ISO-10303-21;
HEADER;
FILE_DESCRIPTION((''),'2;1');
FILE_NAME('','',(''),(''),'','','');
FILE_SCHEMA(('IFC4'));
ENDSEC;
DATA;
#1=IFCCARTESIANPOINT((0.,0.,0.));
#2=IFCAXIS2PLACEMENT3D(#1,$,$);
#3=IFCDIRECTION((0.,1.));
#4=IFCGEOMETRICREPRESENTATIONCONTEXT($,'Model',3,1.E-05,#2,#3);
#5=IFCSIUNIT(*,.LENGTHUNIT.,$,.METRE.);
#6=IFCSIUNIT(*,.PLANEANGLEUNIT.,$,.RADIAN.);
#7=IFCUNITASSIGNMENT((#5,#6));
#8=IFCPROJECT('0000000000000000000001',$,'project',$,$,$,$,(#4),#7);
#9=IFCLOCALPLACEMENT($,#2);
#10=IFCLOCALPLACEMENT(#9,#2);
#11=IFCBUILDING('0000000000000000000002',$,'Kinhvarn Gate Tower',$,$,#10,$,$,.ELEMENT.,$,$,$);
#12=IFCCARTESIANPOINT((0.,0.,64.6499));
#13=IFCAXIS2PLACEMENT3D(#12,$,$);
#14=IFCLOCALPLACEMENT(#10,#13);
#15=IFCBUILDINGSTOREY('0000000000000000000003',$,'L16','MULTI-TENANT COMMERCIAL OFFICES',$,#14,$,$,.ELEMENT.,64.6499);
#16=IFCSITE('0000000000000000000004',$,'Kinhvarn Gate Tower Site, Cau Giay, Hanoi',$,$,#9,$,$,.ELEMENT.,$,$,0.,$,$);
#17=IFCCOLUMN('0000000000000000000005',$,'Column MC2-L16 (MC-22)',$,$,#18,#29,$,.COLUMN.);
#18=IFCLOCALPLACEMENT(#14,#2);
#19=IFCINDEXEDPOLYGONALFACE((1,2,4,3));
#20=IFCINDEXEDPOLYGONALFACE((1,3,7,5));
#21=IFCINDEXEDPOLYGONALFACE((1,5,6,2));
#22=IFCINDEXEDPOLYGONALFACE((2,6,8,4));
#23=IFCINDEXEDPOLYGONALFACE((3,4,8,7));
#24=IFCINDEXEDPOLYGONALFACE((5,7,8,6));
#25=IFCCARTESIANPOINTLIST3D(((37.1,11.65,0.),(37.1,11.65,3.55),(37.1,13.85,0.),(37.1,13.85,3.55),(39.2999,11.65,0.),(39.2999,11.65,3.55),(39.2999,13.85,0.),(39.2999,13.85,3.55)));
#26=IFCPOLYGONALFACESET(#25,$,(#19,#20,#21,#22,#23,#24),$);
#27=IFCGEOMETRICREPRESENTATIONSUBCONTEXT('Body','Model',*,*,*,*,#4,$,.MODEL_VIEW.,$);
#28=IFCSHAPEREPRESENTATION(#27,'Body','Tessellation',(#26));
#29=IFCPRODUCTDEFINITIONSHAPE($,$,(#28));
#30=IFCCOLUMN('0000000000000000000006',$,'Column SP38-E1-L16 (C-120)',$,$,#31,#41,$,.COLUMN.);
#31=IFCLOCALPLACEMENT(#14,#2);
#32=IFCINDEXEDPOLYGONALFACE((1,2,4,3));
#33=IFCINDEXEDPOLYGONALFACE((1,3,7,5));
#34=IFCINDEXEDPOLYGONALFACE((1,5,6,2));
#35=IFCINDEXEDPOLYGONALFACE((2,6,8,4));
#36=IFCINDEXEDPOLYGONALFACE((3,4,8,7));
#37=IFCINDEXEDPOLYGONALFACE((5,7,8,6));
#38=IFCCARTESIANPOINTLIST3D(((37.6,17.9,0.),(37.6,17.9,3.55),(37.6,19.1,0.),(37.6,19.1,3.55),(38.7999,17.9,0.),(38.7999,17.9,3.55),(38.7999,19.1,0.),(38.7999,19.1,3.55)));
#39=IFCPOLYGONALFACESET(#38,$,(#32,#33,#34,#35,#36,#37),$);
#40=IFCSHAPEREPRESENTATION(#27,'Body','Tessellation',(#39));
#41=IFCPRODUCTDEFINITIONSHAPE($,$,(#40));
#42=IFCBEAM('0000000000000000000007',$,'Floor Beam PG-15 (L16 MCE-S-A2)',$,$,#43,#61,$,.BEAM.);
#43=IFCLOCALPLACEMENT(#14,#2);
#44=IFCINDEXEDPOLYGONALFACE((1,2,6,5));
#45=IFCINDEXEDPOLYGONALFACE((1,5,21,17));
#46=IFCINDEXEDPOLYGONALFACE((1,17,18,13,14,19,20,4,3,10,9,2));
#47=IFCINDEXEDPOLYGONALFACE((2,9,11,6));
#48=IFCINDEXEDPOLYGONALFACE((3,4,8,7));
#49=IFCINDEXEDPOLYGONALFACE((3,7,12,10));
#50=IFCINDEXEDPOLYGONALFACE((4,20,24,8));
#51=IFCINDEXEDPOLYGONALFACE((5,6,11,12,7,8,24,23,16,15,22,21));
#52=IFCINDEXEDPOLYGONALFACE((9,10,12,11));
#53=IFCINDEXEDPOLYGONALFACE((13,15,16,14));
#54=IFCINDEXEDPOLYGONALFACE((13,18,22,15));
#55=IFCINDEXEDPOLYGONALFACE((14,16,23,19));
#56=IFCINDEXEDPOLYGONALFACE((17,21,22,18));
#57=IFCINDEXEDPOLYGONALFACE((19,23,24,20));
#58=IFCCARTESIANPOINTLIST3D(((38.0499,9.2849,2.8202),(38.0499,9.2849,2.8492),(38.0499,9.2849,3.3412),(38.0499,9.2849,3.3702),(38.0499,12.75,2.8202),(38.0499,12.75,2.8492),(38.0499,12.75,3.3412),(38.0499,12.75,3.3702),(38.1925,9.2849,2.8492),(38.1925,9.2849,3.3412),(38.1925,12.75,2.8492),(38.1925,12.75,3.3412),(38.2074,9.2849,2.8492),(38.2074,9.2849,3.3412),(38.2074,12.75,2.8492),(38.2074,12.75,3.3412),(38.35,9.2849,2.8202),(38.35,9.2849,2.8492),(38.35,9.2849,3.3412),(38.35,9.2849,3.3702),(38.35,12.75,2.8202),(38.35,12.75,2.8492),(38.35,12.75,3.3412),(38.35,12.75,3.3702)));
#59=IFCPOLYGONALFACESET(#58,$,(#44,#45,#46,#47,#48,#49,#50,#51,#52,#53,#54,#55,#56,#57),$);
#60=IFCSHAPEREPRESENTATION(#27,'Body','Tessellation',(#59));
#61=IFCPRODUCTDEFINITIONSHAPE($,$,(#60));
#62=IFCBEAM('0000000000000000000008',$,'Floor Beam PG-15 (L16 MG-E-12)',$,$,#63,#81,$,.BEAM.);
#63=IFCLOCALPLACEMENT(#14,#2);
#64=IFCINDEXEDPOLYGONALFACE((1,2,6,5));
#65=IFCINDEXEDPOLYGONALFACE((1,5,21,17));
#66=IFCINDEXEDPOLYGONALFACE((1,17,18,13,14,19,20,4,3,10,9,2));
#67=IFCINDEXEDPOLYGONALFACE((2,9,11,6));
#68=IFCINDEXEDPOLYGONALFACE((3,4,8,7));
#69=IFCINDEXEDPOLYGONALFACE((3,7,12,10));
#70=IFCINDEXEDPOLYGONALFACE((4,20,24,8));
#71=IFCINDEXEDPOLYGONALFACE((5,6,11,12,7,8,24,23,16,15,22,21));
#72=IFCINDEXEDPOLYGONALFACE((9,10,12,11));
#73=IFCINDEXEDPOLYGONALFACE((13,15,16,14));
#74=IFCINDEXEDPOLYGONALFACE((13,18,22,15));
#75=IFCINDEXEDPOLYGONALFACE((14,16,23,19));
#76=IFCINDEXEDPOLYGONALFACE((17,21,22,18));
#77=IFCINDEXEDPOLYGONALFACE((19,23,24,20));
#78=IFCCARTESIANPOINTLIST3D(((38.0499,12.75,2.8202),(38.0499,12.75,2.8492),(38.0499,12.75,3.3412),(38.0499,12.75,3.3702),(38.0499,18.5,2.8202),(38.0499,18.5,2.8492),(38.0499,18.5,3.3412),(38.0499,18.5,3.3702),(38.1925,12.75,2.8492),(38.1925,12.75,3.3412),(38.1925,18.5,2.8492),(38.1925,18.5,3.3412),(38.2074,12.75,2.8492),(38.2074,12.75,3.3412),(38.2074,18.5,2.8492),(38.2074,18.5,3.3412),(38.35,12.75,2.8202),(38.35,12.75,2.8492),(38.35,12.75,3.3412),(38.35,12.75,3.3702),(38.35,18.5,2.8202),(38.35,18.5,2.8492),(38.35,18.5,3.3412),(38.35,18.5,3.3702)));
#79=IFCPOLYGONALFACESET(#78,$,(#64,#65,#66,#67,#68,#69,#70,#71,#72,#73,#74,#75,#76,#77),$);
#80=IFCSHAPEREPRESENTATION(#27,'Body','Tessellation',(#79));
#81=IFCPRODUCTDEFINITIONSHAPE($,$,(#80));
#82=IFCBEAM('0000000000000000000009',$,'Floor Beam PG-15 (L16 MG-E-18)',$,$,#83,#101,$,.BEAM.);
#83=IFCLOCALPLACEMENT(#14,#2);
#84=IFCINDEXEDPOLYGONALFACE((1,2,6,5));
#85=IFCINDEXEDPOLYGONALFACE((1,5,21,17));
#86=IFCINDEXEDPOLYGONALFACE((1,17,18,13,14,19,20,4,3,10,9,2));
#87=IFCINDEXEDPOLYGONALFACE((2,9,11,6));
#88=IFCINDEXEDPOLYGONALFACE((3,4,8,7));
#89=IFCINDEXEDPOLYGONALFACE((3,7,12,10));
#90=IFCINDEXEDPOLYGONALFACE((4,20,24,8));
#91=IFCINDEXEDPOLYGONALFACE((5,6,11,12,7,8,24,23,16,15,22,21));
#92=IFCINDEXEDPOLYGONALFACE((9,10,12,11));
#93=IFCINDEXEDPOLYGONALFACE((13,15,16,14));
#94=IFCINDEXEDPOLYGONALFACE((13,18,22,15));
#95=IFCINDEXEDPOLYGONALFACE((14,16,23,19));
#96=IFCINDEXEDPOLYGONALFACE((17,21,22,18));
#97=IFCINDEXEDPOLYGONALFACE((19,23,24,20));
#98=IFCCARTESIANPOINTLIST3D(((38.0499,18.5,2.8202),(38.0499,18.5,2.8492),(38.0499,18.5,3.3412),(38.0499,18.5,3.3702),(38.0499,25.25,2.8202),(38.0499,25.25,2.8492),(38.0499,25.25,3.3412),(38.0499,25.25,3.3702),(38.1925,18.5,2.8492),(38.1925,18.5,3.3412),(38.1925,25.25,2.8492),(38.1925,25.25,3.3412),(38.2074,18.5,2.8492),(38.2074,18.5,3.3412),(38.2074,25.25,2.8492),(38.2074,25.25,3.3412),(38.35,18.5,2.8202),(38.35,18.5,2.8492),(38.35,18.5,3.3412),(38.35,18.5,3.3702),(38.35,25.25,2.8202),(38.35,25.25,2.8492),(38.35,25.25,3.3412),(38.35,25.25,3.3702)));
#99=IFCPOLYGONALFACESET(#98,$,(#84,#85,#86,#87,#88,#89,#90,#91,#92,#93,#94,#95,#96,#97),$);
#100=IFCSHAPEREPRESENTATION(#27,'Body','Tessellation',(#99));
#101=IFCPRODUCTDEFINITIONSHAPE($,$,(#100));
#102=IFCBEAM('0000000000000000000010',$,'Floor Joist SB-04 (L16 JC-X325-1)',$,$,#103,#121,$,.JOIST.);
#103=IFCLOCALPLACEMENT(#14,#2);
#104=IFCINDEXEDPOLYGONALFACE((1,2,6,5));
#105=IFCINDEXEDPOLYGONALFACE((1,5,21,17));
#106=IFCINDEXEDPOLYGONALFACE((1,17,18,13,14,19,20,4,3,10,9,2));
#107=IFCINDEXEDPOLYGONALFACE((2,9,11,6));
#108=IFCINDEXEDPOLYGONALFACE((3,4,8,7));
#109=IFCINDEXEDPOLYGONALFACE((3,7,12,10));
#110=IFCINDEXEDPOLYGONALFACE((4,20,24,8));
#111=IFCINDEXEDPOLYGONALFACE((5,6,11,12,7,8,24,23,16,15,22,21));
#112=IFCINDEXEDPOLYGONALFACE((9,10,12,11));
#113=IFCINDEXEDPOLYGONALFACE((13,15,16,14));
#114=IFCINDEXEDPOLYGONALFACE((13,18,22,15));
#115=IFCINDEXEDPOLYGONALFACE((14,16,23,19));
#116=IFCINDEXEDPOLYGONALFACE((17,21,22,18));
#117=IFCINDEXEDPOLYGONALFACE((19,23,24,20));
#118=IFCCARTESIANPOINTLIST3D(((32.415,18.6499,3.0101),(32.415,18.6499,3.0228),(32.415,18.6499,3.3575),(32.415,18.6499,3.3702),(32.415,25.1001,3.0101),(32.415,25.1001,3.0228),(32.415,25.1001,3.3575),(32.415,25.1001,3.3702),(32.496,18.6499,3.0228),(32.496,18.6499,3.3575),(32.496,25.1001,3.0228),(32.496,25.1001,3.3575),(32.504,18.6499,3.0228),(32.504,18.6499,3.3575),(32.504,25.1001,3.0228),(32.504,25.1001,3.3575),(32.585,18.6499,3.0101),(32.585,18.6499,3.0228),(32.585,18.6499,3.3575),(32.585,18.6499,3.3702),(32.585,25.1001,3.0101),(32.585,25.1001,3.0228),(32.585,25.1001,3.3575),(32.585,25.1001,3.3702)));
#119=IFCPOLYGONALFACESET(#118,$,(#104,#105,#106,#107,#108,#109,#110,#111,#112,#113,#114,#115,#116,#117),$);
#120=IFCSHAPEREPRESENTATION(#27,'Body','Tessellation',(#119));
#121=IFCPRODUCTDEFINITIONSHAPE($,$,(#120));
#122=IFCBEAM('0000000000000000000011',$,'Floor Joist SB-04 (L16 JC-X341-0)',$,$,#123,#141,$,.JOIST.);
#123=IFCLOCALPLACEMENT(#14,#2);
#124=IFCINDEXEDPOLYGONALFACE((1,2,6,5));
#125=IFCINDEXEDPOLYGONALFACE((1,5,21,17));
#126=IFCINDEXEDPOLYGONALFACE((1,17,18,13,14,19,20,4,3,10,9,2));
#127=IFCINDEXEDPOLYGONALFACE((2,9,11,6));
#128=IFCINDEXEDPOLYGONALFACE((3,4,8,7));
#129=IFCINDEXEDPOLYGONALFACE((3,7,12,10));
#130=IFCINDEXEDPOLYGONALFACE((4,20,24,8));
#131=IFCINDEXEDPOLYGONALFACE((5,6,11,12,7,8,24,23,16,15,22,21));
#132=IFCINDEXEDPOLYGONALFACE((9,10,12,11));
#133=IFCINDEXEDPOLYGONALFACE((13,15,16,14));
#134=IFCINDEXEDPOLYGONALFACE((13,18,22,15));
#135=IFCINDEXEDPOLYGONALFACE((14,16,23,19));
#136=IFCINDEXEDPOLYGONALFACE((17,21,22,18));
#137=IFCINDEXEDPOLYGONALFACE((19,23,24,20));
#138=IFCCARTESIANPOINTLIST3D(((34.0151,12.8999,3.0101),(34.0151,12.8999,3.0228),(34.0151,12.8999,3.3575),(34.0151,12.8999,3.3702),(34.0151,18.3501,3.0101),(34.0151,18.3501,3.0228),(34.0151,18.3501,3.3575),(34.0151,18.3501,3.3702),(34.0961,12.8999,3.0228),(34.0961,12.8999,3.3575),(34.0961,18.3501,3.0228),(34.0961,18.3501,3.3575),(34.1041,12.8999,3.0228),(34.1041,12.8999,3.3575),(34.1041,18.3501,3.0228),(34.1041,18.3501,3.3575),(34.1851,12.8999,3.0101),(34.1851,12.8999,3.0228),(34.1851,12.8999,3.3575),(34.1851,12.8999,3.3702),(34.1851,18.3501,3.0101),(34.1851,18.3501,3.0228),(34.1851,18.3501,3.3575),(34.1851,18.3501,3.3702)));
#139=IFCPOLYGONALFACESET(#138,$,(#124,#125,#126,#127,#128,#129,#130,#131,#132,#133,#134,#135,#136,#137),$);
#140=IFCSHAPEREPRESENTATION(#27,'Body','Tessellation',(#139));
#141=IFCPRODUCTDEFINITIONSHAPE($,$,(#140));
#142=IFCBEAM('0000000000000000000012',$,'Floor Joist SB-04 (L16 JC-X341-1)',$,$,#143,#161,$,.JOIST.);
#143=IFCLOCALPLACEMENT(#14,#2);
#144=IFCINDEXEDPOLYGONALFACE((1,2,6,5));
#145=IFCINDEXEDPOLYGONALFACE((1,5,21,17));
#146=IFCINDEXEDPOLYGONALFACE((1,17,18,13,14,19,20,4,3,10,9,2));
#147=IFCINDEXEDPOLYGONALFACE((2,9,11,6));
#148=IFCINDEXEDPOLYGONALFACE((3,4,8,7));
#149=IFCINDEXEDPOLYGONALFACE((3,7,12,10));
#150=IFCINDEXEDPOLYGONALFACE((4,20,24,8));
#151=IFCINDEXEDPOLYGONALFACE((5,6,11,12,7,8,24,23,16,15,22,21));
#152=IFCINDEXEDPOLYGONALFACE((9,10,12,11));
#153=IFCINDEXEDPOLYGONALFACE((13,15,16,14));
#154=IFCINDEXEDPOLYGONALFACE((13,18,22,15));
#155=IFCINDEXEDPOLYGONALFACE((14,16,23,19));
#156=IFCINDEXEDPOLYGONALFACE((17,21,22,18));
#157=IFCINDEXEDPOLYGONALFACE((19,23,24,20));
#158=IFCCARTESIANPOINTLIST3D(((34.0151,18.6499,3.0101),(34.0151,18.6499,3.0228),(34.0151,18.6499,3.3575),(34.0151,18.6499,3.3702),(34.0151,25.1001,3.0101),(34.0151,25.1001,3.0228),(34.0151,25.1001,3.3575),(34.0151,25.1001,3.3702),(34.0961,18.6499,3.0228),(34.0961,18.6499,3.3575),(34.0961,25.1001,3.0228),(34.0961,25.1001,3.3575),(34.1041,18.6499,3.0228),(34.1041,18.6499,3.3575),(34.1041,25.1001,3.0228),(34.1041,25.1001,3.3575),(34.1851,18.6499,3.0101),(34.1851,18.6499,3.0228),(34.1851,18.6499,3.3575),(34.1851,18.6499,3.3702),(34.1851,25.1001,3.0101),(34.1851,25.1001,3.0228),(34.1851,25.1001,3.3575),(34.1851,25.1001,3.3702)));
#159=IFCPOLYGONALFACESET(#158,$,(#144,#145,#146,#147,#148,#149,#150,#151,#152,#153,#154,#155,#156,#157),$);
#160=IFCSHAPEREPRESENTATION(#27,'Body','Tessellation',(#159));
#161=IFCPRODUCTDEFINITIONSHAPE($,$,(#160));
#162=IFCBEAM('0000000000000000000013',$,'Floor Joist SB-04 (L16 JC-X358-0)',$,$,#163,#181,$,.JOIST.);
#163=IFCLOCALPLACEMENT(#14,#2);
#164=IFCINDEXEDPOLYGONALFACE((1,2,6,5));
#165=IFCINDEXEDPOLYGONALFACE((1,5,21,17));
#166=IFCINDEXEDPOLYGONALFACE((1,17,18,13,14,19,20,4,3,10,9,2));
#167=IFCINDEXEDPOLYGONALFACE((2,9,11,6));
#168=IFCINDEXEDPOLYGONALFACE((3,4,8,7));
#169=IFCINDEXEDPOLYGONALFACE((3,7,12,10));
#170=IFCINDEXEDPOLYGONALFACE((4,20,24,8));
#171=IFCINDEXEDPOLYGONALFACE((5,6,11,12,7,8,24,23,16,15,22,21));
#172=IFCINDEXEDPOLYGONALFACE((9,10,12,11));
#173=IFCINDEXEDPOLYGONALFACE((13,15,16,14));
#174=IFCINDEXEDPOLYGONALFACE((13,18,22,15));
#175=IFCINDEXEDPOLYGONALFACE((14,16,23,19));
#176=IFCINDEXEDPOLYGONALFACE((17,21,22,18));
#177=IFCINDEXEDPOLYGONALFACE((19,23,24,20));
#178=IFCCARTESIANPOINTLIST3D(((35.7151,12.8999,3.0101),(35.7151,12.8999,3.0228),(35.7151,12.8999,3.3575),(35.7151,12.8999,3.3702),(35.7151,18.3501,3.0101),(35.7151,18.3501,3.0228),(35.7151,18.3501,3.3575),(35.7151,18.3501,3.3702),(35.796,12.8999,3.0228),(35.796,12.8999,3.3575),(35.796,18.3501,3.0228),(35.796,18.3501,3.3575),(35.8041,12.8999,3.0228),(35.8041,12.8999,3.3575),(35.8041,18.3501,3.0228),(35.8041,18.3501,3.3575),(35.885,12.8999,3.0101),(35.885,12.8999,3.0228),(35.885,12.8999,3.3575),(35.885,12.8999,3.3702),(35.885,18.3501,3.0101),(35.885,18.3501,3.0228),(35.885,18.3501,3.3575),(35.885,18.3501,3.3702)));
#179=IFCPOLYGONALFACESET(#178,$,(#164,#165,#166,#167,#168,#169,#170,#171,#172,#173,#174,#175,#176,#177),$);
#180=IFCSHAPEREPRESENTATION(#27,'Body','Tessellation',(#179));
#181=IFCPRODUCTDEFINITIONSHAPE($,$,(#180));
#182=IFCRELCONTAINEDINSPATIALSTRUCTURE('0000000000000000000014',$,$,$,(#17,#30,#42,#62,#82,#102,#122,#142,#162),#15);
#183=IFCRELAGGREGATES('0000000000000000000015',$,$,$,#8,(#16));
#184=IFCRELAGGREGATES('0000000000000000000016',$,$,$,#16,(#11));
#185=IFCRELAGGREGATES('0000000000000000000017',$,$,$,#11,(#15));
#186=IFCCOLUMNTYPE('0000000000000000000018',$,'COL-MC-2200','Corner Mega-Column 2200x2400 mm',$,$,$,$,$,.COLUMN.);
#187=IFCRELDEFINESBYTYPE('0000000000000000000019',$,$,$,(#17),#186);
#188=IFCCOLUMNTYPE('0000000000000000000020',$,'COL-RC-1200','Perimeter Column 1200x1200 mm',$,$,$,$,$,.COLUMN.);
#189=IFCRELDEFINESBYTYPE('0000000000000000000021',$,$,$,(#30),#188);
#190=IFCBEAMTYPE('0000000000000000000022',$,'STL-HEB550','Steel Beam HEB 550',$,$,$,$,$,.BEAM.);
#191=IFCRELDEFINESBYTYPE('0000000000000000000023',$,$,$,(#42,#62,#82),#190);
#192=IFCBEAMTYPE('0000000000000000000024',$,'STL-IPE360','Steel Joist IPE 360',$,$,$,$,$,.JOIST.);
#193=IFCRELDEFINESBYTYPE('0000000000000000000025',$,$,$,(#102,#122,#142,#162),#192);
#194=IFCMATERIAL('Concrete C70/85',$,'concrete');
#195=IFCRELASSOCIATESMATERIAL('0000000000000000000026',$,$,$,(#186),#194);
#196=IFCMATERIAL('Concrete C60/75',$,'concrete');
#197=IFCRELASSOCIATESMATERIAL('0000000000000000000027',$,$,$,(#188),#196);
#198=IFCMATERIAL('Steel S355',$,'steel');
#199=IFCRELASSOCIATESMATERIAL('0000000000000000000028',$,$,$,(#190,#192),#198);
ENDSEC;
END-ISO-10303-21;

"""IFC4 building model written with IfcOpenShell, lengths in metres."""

from ifc_helpers import new_model, si_unit, direction, frame, origin, origin_2d, place, context, subcontext, project, spatial, rectangle, i_section, extrude, material, material_profile, profile_set, type_object, element, save


model = new_model("IFC4")

# Units and contexts
model_context = context("Model", 3, precision=1e-05, world=origin(), true_north=direction((0.0, 1.0)))
body_context = subcontext(model_context, "Body", "Model", "MODEL_VIEW")
ifc_project = project(units=[si_unit("LENGTHUNIT", "METRE"), si_unit("PLANEANGLEUNIT", "RADIAN")], contexts=[model_context])

# Site, building, storey
site_placement = place(None, origin())
site = spatial("IfcSite", under=ifc_project, at=site_placement, Name="Kinhvarn Gate Tower Site, Cau Giay, Hanoi", CompositionType="ELEMENT", RefElevation=0.0)
building_placement = place(site_placement, origin())
building = spatial("IfcBuilding", under=site, at=building_placement, Name="Kinhvarn Gate Tower", CompositionType="ELEMENT")
storey_placement = place(building_placement, frame((0.0, 0.0, 64.6499)))
storey = spatial("IfcBuildingStorey", under=building, at=storey_placement, Name="L16", Description="MULTI-TENANT COMMERCIAL OFFICES", CompositionType="ELEMENT", Elevation=64.6499)

# Columns
ifc_material_1 = material(Name="Concrete C70/85", Category="concrete")
ifc_material_profile_1 = material_profile(ifc_material_1, rectangle(XDim=2.2, YDim=2.2, at=origin_2d()), Name="RC 2200x2200")
ifc_profile_set_1 = profile_set([ifc_material_profile_1], Name="Concrete C70/85")
column_type_1 = type_object("IfcColumnType", Name="COL-MC-2200", Description="Corner Mega-Column 2200x2400 mm", PredefinedType="COLUMN", material=ifc_profile_set_1)
column_1_placement = place(storey_placement, frame((38.2, 12.75, 0.0), z_axis=(0.0, 0.0, 1.0), x_axis=(1.0, 0.0, 0.0)))
element("IfcColumn", 1, at=column_1_placement, inside=storey, type_object=column_type_1, Name="Column MC2-L16 (MC-22)", PredefinedType="COLUMN", context=body_context, shape_type="SweptSolid", body=[
    extrude(rectangle(XDim=2.2, YDim=2.2, at=origin_2d()), origin(), (0.0, 0.0, 1.0), 3.55),
])
ifc_material_2 = material(Name="Concrete C60/75", Category="concrete")
ifc_material_profile_2 = material_profile(ifc_material_2, rectangle(XDim=1.2, YDim=1.2, at=origin_2d()), Name="RC 1200x1200")
ifc_profile_set_2 = profile_set([ifc_material_profile_2], Name="Concrete C60/75")
column_type_2 = type_object("IfcColumnType", Name="COL-RC-1200", Description="Perimeter Column 1200x1200 mm", PredefinedType="COLUMN", material=ifc_profile_set_2)
column_2_placement = place(storey_placement, frame((38.2, 18.5, 0.0), z_axis=(0.0, 0.0, 1.0), x_axis=(1.0, 0.0, 0.0)))
element("IfcColumn", 2, at=column_2_placement, inside=storey, type_object=column_type_2, Name="Column SP38-E1-L16 (C-120)", PredefinedType="COLUMN", context=body_context, shape_type="SweptSolid", body=[
    extrude(rectangle(XDim=1.2, YDim=1.2, at=origin_2d()), origin(), (0.0, 0.0, 1.0), 3.55),
])

# Beams
ifc_material_3 = material(Name="Steel S355", Category="steel")
ifc_material_profile_3 = material_profile(ifc_material_3, i_section(OverallWidth=0.3, OverallDepth=0.55, WebThickness=0.0149, FlangeThickness=0.0291, at=origin_2d()), Name="HEB 550")
ifc_profile_set_3 = profile_set([ifc_material_profile_3], Name="Steel S355")
beam_type_1 = type_object("IfcBeamType", Name="STL-HEB550", Description="Steel Beam HEB 550", PredefinedType="BEAM", material=ifc_profile_set_3)
beam_1_placement = place(storey_placement, frame((38.2, 9.2849, 3.0952), z_axis=(0.0, 1.0, 0.0), x_axis=(-1.0, 0.0, 0.0)))
element("IfcBeam", 3, at=beam_1_placement, inside=storey, type_object=beam_type_1, Name="Floor Beam PG-15 (L16 MCE-S-A2)", PredefinedType="BEAM", context=body_context, shape_type="SweptSolid", body=[
    extrude(i_section(OverallWidth=0.3, OverallDepth=0.55, WebThickness=0.0149, FlangeThickness=0.0291, at=origin_2d()), origin(), (0.0, 0.0, 1.0), 3.4651),
])
beam_2_placement = place(storey_placement, frame((38.2, 12.75, 3.0952), z_axis=(0.0, 1.0, 0.0), x_axis=(-1.0, 0.0, 0.0)))
element("IfcBeam", 4, at=beam_2_placement, inside=storey, type_object=beam_type_1, Name="Floor Beam PG-15 (L16 MG-E-12)", PredefinedType="BEAM", context=body_context, shape_type="SweptSolid", body=[
    extrude(i_section(OverallWidth=0.3, OverallDepth=0.55, WebThickness=0.0149, FlangeThickness=0.0291, at=origin_2d()), origin(), (0.0, 0.0, 1.0), 5.75),
])
beam_3_placement = place(storey_placement, frame((38.2, 18.5, 3.0952), z_axis=(0.0, 1.0, 0.0), x_axis=(-1.0, 0.0, 0.0)))
element("IfcBeam", 5, at=beam_3_placement, inside=storey, type_object=beam_type_1, Name="Floor Beam PG-15 (L16 MG-E-18)", PredefinedType="BEAM", context=body_context, shape_type="SweptSolid", body=[
    extrude(i_section(OverallWidth=0.3, OverallDepth=0.55, WebThickness=0.0149, FlangeThickness=0.0291, at=origin_2d()), origin(), (0.0, 0.0, 1.0), 6.75),
])
ifc_material_profile_4 = material_profile(ifc_material_3, i_section(OverallWidth=0.1699, OverallDepth=0.3601, WebThickness=0.0081, FlangeThickness=0.0127, at=origin_2d()), Name="IPE 360")
ifc_profile_set_4 = profile_set([ifc_material_profile_4], Name="Steel S355")
beam_type_2 = type_object("IfcBeamType", Name="STL-IPE360", Description="Steel Joist IPE 360", PredefinedType="JOIST", material=ifc_profile_set_4)
beam_4_placement = place(storey_placement, frame((32.5, 18.6499, 3.1902), z_axis=(0.0, 1.0, 0.0), x_axis=(-1.0, 0.0, 0.0)))
element("IfcBeam", 6, at=beam_4_placement, inside=storey, type_object=beam_type_2, Name="Floor Joist SB-04 (L16 JC-X325-1)", PredefinedType="JOIST", context=body_context, shape_type="SweptSolid", body=[
    extrude(i_section(OverallWidth=0.1699, OverallDepth=0.3601, WebThickness=0.0081, FlangeThickness=0.0127, at=origin_2d()), origin(), (0.0, 0.0, 1.0), 6.4502),
])
beam_5_placement = place(storey_placement, frame((34.1001, 12.8999, 3.1902), z_axis=(0.0, 1.0, 0.0), x_axis=(-1.0, 0.0, 0.0)))
element("IfcBeam", 7, at=beam_5_placement, inside=storey, type_object=beam_type_2, Name="Floor Joist SB-04 (L16 JC-X341-0)", PredefinedType="JOIST", context=body_context, shape_type="SweptSolid", body=[
    extrude(i_section(OverallWidth=0.1699, OverallDepth=0.3601, WebThickness=0.0081, FlangeThickness=0.0127, at=origin_2d()), origin(), (0.0, 0.0, 1.0), 5.4502),
])
beam_6_placement = place(storey_placement, frame((34.1001, 18.6499, 3.1902), z_axis=(0.0, 1.0, 0.0), x_axis=(-1.0, 0.0, 0.0)))
element("IfcBeam", 8, at=beam_6_placement, inside=storey, type_object=beam_type_2, Name="Floor Joist SB-04 (L16 JC-X341-1)", PredefinedType="JOIST", context=body_context, shape_type="SweptSolid", body=[
    extrude(i_section(OverallWidth=0.1699, OverallDepth=0.3601, WebThickness=0.0081, FlangeThickness=0.0127, at=origin_2d()), origin(), (0.0, 0.0, 1.0), 6.4502),
])
beam_7_placement = place(storey_placement, frame((35.8, 12.8999, 3.1902), z_axis=(0.0, 1.0, 0.0), x_axis=(-1.0, 0.0, 0.0)))
element("IfcBeam", 9, at=beam_7_placement, inside=storey, type_object=beam_type_2, Name="Floor Joist SB-04 (L16 JC-X358-0)", PredefinedType="JOIST", context=body_context, shape_type="SweptSolid", body=[
    extrude(i_section(OverallWidth=0.1699, OverallDepth=0.3601, WebThickness=0.0081, FlangeThickness=0.0127, at=origin_2d()), origin(), (0.0, 0.0, 1.0), 5.4502),
])

save(model, "model.ifc")
